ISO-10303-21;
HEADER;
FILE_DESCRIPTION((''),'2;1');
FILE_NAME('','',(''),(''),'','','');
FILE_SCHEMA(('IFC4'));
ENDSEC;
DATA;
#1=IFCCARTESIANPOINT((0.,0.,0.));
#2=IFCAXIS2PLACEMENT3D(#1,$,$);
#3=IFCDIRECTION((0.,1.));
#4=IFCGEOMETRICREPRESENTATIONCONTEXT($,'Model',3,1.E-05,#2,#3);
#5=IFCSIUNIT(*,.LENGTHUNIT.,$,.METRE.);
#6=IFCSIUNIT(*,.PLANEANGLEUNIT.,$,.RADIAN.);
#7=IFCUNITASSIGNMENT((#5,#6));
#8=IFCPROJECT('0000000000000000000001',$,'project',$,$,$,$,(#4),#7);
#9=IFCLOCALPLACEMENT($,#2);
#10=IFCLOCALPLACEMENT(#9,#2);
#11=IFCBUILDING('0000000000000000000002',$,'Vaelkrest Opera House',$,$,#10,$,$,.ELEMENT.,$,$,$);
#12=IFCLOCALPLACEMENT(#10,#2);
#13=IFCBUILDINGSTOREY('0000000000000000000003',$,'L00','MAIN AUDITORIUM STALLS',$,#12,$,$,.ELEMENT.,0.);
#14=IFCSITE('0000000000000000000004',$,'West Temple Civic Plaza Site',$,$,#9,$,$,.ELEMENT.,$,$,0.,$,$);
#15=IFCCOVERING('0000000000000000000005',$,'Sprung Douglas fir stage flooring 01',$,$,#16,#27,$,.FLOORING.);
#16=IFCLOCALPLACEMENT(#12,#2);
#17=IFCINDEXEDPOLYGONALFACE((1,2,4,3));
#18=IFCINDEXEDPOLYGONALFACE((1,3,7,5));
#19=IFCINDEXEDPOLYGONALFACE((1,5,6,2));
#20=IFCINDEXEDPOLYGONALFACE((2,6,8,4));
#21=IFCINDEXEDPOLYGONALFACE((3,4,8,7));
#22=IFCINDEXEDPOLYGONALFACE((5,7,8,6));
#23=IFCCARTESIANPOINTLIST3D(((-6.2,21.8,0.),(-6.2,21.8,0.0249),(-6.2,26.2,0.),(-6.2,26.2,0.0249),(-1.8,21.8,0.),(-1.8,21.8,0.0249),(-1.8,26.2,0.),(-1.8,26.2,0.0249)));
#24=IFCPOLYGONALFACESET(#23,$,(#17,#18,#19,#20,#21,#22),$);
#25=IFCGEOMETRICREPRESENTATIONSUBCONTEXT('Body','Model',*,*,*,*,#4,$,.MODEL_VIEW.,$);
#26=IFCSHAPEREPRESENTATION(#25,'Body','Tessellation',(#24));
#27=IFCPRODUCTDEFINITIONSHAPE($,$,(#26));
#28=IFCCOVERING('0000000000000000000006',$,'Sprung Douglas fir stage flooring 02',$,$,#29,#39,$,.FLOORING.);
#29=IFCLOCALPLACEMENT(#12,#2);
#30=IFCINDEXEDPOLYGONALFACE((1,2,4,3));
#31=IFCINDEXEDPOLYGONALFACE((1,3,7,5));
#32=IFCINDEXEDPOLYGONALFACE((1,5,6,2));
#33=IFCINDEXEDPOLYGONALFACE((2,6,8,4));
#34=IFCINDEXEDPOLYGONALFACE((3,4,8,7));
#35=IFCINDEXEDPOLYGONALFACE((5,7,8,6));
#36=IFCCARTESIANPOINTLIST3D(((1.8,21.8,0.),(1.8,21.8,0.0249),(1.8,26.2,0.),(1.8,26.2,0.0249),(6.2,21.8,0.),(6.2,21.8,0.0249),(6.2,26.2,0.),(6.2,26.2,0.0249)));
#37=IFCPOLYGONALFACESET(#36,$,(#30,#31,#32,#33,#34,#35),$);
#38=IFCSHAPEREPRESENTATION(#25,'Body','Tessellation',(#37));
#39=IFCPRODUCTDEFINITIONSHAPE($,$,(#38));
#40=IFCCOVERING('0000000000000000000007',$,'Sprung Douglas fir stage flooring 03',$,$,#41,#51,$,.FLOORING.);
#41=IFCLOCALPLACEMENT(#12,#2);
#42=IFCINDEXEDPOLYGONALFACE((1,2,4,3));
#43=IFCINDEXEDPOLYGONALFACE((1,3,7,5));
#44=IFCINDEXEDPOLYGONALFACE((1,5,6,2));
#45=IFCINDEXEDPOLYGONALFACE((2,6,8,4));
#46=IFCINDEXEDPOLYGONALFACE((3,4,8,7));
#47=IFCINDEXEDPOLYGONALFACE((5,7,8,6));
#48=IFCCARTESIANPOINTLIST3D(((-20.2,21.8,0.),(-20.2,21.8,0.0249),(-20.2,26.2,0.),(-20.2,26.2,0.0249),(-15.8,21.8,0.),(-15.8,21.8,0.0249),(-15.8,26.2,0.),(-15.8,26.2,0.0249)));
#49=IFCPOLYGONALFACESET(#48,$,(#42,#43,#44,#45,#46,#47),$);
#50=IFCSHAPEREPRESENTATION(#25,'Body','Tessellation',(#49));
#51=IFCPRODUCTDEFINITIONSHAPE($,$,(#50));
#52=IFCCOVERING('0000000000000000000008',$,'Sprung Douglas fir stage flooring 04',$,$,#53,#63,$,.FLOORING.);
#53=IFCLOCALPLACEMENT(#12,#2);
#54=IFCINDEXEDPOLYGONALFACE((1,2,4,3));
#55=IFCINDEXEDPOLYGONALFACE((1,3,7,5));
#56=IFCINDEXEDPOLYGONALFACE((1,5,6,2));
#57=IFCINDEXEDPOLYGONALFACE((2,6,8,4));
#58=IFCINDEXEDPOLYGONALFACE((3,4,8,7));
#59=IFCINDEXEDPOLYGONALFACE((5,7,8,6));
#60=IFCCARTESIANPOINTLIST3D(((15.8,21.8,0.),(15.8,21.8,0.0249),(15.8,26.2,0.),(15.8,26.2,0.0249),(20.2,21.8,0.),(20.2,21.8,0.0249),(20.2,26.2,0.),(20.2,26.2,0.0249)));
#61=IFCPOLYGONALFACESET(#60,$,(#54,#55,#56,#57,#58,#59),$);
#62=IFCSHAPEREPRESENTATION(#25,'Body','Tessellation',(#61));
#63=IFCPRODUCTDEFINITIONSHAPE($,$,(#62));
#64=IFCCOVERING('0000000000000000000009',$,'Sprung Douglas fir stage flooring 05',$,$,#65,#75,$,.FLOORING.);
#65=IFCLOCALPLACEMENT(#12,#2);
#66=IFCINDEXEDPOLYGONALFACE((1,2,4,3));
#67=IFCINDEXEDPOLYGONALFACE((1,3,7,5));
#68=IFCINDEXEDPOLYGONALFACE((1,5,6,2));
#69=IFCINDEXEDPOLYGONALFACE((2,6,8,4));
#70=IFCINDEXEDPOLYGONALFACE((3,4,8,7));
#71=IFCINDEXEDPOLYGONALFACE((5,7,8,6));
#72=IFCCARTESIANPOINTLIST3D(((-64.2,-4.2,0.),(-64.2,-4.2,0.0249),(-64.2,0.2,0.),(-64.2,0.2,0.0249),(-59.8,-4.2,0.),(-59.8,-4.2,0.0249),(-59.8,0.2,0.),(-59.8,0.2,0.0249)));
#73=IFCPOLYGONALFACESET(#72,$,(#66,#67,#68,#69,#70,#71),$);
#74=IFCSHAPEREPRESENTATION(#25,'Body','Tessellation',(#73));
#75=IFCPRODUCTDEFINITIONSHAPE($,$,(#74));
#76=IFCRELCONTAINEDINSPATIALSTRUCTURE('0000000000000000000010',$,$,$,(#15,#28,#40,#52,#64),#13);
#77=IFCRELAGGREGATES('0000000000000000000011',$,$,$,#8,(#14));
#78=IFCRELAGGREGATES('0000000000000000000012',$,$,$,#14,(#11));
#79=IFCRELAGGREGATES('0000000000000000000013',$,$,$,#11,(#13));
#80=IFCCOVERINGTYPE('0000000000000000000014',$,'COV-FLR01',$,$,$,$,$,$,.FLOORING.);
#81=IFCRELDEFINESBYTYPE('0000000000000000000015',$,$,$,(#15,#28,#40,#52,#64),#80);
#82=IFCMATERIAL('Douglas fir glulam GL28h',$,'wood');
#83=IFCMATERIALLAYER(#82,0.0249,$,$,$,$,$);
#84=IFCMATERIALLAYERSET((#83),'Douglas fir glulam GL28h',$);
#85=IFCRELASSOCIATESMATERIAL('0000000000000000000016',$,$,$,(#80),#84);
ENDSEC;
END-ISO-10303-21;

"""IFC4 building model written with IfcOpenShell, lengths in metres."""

from ifc_helpers import new_model, si_unit, direction, origin, place, context, subcontext, project, spatial, polyline, outline, extrude, material, layer, layer_set, type_object, element, save


model = new_model("IFC4")

# Units and contexts
model_context = context("Model", 3, precision=1e-05, world=origin(), true_north=direction((0.0, 1.0)))
body_context = subcontext(model_context, "Body", "Model", "MODEL_VIEW")
ifc_project = project(units=[si_unit("LENGTHUNIT", "METRE"), si_unit("PLANEANGLEUNIT", "RADIAN")], contexts=[model_context])

# Site, building, storey
site_placement = place(None, origin())
site = spatial("IfcSite", under=ifc_project, at=site_placement, Name="West Temple Civic Plaza Site", CompositionType="ELEMENT", RefElevation=0.0)
building_placement = place(site_placement, origin())
building = spatial("IfcBuilding", under=site, at=building_placement, Name="Vaelkrest Opera House", CompositionType="ELEMENT")
storey_placement = place(building_placement, origin())
storey = spatial("IfcBuildingStorey", under=building, at=storey_placement, Name="L00", Description="MAIN AUDITORIUM STALLS", CompositionType="ELEMENT", Elevation=0.0)

# Coverings
ifc_material_1 = material(Name="Douglas fir glulam GL28h", Category="wood")
ifc_layer_1 = layer(ifc_material_1, 0.0249)
ifc_layer_set_1 = layer_set([ifc_layer_1], Name="Douglas fir glulam GL28h")
covering_type_1 = type_object("IfcCoveringType", Name="COV-FLR01", PredefinedType="FLOORING", material=ifc_layer_set_1)
covering_1_placement = place(storey_placement, origin())
element("IfcCovering", 1, at=covering_1_placement, inside=storey, type_object=covering_type_1, Name="Sprung Douglas fir stage flooring 01", PredefinedType="FLOORING", context=body_context, shape_type="SweptSolid", body=[
    extrude(outline(polyline([(-6.2, 21.8), (-1.8, 21.8), (-1.8, 26.2), (-6.2, 26.2), (-6.2, 21.8)])), origin(), (0.0, 0.0, 1.0), 0.0249),
])
covering_2_placement = place(storey_placement, origin())
element("IfcCovering", 2, at=covering_2_placement, inside=storey, type_object=covering_type_1, Name="Sprung Douglas fir stage flooring 02", PredefinedType="FLOORING", context=body_context, shape_type="SweptSolid", body=[
    extrude(outline(polyline([(1.8, 21.8), (6.2, 21.8), (6.2, 26.2), (1.8, 26.2), (1.8, 21.8)])), origin(), (0.0, 0.0, 1.0), 0.0249),
])
covering_3_placement = place(storey_placement, origin())
element("IfcCovering", 3, at=covering_3_placement, inside=storey, type_object=covering_type_1, Name="Sprung Douglas fir stage flooring 03", PredefinedType="FLOORING", context=body_context, shape_type="SweptSolid", body=[
    extrude(outline(polyline([(-20.2, 21.8), (-15.8, 21.8), (-15.8, 26.2), (-20.2, 26.2), (-20.2, 21.8)])), origin(), (0.0, 0.0, 1.0), 0.0249),
])
covering_4_placement = place(storey_placement, origin())
element("IfcCovering", 4, at=covering_4_placement, inside=storey, type_object=covering_type_1, Name="Sprung Douglas fir stage flooring 04", PredefinedType="FLOORING", context=body_context, shape_type="SweptSolid", body=[
    extrude(outline(polyline([(15.8, 21.8), (20.2, 21.8), (20.2, 26.2), (15.8, 26.2), (15.8, 21.8)])), origin(), (0.0, 0.0, 1.0), 0.0249),
])
covering_5_placement = place(storey_placement, origin())
element("IfcCovering", 5, at=covering_5_placement, inside=storey, type_object=covering_type_1, Name="Sprung Douglas fir stage flooring 05", PredefinedType="FLOORING", context=body_context, shape_type="SweptSolid", body=[
    extrude(outline(polyline([(-64.2, -4.2), (-59.8, -4.2), (-59.8, 0.2), (-64.2, 0.2), (-64.2, -4.2)])), origin(), (0.0, 0.0, 1.0), 0.0249),
])

save(model, "model.ifc")
